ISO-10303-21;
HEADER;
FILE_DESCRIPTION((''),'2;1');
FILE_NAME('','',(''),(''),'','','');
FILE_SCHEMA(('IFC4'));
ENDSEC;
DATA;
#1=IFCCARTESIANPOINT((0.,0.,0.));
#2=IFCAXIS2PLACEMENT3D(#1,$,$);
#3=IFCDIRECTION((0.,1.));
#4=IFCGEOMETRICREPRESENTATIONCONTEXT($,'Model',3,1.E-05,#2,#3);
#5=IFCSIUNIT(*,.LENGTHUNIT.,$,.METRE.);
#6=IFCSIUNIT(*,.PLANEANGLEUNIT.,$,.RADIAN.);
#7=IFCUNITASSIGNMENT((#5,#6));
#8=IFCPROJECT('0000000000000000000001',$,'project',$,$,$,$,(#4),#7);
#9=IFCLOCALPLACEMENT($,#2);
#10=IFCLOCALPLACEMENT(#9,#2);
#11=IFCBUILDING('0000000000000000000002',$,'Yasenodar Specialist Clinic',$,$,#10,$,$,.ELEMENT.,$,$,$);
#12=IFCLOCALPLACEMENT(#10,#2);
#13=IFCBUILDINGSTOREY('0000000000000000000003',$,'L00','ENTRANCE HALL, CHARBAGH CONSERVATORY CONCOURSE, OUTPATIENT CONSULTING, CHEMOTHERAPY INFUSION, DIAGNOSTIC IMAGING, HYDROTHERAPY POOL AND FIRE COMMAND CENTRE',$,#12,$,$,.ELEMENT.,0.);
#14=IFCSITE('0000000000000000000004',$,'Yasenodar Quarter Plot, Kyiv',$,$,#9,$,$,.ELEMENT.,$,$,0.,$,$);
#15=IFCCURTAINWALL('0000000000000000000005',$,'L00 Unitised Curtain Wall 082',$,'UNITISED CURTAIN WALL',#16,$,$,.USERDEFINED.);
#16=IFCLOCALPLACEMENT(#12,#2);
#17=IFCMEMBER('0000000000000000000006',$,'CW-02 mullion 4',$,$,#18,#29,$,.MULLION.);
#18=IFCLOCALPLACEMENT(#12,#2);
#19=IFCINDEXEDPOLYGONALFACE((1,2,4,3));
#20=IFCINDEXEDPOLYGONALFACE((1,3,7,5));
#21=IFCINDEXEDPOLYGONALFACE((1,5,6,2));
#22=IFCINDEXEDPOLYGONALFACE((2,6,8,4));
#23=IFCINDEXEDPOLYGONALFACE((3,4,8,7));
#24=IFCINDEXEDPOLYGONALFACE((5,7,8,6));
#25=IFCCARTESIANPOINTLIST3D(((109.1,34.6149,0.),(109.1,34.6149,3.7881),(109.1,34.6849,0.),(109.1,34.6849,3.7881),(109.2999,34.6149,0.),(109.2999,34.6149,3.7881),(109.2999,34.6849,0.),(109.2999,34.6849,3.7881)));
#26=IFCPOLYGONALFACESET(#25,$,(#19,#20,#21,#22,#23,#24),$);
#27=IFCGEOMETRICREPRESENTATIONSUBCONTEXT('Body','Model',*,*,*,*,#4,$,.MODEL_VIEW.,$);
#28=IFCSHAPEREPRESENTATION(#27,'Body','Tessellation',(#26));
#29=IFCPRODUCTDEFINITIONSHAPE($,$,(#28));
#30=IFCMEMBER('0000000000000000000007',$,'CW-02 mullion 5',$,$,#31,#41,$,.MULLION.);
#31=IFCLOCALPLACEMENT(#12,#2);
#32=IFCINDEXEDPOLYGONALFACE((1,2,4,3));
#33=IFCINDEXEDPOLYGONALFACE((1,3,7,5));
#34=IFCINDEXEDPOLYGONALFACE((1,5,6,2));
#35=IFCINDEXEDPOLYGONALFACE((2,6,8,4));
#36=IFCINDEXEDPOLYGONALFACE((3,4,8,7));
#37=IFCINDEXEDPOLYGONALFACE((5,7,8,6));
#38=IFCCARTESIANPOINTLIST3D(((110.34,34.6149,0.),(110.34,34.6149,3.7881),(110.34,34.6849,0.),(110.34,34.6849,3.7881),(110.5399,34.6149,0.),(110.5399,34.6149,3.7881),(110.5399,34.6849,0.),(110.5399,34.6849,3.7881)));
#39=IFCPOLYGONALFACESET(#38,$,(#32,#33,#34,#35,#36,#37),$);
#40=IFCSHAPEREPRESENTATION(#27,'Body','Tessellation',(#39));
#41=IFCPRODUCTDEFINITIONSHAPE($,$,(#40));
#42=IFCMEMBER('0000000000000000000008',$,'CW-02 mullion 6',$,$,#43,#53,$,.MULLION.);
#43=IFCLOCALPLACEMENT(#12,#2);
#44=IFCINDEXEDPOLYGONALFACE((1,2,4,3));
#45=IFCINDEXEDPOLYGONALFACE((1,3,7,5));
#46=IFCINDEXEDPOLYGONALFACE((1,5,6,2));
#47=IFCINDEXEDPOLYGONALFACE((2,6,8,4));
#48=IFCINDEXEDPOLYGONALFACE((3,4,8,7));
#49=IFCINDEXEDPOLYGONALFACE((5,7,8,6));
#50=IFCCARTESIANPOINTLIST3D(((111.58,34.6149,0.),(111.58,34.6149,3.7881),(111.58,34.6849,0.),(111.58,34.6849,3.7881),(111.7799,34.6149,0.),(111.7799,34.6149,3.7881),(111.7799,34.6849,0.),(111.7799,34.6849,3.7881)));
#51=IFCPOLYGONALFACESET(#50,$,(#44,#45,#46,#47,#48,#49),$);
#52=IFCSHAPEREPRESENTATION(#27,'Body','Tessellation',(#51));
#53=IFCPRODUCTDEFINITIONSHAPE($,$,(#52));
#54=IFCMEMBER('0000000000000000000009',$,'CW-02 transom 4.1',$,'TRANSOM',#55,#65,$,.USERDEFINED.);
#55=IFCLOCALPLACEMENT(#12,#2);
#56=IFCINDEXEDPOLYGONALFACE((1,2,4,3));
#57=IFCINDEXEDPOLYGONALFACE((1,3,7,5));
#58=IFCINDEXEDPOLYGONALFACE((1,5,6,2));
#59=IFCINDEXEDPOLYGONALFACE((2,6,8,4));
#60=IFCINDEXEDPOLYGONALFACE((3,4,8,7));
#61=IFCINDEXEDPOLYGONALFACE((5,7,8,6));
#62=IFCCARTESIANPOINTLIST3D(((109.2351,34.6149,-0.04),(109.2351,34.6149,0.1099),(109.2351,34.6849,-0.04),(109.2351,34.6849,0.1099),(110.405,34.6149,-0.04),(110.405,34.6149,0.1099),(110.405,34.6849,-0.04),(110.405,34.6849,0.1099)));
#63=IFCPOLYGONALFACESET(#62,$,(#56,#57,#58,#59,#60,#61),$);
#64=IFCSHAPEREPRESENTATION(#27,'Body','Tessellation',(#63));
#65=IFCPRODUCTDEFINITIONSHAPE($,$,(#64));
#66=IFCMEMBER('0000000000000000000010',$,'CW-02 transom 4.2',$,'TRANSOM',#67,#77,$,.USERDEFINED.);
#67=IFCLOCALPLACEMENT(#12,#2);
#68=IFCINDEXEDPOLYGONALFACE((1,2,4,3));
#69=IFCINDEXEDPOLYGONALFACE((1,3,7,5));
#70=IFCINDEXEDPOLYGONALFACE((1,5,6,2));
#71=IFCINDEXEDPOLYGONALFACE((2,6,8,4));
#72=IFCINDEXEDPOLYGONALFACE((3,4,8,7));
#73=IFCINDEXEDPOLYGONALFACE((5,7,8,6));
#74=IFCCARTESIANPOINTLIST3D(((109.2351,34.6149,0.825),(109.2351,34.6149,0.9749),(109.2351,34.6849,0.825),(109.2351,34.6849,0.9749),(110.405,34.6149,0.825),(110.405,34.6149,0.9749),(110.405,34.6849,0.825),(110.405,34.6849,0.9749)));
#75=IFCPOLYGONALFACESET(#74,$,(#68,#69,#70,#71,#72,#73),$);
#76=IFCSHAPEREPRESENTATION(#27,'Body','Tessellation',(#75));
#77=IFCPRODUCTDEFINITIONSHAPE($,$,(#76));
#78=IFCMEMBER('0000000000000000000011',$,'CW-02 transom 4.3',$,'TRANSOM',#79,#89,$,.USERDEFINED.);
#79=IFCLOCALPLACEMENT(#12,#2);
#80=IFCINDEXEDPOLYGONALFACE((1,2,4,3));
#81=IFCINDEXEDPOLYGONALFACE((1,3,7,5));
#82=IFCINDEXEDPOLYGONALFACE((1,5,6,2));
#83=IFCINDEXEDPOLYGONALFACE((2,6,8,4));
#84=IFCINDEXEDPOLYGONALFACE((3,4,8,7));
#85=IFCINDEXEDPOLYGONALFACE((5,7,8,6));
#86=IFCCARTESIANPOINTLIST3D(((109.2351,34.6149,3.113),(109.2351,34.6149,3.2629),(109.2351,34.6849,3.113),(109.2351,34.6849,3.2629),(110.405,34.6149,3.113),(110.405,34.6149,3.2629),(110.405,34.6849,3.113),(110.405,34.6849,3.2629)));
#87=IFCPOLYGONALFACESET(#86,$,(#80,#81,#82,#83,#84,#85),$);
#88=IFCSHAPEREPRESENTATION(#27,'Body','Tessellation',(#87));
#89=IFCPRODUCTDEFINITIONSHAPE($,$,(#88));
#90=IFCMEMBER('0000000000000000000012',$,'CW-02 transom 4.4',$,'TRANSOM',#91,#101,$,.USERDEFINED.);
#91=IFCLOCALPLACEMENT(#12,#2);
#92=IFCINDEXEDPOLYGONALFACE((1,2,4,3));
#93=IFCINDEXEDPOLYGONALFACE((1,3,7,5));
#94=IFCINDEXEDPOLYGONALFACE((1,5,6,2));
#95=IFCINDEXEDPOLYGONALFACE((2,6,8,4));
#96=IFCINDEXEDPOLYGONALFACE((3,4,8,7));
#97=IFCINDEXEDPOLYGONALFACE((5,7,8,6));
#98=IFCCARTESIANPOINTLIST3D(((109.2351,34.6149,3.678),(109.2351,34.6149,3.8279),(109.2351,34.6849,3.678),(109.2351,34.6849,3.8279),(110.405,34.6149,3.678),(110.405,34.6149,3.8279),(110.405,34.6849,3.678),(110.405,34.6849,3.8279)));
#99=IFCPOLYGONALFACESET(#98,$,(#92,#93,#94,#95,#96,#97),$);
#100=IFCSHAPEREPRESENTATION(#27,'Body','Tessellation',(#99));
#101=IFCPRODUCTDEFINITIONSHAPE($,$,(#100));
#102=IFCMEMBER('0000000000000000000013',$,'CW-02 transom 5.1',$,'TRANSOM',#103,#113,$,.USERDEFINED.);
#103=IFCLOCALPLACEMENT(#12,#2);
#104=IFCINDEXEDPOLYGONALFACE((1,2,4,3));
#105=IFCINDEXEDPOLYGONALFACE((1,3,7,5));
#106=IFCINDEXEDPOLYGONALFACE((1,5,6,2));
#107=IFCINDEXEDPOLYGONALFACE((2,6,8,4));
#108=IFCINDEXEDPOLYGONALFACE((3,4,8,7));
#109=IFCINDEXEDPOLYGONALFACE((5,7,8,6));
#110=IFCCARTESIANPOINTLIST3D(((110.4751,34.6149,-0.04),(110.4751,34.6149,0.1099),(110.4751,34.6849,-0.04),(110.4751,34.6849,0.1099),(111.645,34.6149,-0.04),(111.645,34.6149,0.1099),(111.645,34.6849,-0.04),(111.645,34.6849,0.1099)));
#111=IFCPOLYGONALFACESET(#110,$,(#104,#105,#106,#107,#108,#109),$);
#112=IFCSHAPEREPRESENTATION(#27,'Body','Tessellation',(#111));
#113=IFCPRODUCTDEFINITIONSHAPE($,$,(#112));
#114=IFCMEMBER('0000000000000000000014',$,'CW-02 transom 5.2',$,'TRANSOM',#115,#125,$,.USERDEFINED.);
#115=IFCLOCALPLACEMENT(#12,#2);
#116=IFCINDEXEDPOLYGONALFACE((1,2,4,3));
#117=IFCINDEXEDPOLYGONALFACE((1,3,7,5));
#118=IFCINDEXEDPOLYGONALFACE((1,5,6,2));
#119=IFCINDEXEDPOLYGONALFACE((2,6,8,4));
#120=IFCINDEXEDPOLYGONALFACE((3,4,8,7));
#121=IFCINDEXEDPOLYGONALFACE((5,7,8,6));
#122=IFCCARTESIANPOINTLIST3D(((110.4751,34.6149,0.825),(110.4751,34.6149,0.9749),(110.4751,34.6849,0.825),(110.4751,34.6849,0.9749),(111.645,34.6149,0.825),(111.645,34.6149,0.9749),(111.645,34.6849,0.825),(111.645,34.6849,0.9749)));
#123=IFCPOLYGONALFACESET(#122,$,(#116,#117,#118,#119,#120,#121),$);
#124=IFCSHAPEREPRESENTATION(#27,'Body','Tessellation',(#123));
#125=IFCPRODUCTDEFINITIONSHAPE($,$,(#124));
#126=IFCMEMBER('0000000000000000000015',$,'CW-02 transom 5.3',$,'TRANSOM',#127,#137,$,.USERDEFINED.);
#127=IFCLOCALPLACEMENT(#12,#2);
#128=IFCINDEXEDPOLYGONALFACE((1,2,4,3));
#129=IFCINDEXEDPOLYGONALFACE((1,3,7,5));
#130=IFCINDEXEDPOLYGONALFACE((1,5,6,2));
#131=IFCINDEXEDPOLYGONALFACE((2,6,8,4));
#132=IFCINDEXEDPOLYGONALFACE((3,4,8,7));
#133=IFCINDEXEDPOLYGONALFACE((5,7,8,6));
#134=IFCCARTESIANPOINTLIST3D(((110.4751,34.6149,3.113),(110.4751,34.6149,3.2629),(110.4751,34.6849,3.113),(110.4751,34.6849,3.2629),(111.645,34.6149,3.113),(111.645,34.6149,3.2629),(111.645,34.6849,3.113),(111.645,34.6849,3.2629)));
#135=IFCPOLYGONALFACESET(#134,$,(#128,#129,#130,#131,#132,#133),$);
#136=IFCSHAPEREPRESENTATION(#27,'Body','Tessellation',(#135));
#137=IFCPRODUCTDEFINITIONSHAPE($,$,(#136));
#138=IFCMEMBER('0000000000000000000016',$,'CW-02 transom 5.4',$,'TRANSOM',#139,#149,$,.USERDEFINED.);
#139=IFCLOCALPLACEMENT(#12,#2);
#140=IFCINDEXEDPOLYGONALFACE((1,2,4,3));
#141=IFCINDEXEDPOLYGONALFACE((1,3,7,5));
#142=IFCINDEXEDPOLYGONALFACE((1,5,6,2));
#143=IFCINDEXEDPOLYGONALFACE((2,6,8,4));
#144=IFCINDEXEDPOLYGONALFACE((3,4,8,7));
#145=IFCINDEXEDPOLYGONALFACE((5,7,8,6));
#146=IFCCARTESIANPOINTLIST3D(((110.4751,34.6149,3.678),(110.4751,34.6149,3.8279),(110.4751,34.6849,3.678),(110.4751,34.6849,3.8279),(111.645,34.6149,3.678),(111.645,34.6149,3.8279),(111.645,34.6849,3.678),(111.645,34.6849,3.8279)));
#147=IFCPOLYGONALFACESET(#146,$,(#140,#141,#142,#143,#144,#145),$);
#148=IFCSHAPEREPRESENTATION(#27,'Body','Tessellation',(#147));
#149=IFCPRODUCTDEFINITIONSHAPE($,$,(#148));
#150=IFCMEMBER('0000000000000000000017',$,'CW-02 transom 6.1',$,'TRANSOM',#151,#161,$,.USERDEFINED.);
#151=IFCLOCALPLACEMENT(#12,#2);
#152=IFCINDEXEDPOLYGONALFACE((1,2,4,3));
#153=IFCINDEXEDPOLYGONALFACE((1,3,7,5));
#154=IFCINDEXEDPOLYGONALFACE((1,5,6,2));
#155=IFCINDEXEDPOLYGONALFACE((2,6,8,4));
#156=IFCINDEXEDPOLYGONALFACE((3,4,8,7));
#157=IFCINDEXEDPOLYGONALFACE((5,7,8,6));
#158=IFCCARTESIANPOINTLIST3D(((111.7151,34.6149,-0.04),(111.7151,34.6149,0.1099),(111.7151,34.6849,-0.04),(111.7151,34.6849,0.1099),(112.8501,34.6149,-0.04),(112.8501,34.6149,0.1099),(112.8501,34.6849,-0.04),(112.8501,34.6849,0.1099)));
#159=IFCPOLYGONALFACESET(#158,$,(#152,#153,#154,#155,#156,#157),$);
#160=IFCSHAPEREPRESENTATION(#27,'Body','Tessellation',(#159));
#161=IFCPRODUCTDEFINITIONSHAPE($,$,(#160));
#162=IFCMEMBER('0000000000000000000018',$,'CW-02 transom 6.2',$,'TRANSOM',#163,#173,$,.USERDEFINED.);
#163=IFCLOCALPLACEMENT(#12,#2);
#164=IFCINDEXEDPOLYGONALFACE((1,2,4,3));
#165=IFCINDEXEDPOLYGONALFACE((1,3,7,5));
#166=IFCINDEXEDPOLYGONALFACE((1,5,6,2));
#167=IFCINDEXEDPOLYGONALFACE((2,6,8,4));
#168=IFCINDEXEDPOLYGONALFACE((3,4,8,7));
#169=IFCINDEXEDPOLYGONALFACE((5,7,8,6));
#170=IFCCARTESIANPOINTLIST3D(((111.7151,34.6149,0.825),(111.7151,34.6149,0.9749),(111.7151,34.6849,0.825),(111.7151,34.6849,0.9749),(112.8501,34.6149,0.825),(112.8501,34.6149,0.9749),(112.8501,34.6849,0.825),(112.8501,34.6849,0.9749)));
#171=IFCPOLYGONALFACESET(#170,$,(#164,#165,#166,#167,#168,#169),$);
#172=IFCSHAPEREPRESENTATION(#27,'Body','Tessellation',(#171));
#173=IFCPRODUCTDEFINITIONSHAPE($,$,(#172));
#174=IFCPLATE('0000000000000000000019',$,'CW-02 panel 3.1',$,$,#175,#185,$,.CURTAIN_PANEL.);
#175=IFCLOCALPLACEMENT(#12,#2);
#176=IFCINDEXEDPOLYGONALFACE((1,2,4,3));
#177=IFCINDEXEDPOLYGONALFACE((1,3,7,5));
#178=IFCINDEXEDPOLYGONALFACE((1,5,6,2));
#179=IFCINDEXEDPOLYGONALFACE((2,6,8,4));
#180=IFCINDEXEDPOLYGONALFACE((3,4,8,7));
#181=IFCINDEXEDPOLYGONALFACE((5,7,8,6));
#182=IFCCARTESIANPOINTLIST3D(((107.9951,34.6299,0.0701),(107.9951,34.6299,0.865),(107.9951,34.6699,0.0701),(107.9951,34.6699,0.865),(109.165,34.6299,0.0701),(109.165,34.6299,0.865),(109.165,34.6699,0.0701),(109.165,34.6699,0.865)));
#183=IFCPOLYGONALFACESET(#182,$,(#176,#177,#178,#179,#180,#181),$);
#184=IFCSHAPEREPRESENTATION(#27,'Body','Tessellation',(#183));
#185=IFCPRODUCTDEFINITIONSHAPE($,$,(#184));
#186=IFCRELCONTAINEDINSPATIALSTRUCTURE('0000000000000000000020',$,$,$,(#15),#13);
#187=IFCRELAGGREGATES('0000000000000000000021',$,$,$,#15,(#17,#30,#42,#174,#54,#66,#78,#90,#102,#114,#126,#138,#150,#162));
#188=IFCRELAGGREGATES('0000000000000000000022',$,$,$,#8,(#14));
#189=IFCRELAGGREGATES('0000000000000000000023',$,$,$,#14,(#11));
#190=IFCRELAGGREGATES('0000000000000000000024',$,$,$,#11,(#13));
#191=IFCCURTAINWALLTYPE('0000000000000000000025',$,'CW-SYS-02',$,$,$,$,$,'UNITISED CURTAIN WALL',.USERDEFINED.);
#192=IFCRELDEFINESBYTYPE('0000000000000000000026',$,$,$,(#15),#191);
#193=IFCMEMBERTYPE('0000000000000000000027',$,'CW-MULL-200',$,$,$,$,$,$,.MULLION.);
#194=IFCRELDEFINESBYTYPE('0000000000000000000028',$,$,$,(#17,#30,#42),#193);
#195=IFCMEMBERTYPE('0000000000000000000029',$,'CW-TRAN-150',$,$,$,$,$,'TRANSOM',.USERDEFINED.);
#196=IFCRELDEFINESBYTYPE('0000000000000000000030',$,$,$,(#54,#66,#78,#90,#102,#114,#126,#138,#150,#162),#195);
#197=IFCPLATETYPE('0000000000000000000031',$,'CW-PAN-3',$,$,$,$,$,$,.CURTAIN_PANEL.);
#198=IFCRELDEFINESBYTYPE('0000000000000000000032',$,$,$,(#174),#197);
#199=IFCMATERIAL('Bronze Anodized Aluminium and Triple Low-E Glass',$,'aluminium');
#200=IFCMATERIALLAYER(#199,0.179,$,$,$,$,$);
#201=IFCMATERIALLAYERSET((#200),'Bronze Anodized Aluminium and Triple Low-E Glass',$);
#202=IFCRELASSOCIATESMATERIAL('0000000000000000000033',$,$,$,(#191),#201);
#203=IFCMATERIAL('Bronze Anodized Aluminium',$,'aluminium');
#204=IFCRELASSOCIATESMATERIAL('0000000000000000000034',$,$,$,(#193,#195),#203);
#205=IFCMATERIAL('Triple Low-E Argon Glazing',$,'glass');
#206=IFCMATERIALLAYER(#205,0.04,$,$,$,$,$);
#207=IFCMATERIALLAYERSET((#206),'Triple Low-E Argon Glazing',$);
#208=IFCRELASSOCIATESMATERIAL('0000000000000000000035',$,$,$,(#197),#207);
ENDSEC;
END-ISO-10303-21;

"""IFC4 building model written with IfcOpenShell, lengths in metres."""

from ifc_helpers import new_model, si_unit, direction, frame, origin, origin_2d, place, context, subcontext, project, spatial, rectangle, extrude, material, layer, layer_set, material_profile, profile_set, type_object, element, aggregate, save


model = new_model("IFC4")

# Units and contexts
model_context = context("Model", 3, precision=1e-05, world=origin(), true_north=direction((0.0, 1.0)))
body_context = subcontext(model_context, "Body", "Model", "MODEL_VIEW")
ifc_project = project(units=[si_unit("LENGTHUNIT", "METRE"), si_unit("PLANEANGLEUNIT", "RADIAN")], contexts=[model_context])

# Site, building, storey
site_placement = place(None, origin())
site = spatial("IfcSite", under=ifc_project, at=site_placement, Name="Yasenodar Quarter Plot, Kyiv", CompositionType="ELEMENT", RefElevation=0.0)
building_placement = place(site_placement, origin())
building = spatial("IfcBuilding", under=site, at=building_placement, Name="Yasenodar Specialist Clinic", CompositionType="ELEMENT")
storey_placement = place(building_placement, origin())
storey = spatial("IfcBuildingStorey", under=building, at=storey_placement, Name="L00", Description="ENTRANCE HALL, CHARBAGH CONSERVATORY CONCOURSE, OUTPATIENT CONSULTING, CHEMOTHERAPY INFUSION, DIAGNOSTIC IMAGING, HYDROTHERAPY POOL AND FIRE COMMAND CENTRE", CompositionType="ELEMENT", Elevation=0.0)

# Curtain wall, members, plate
ifc_material_1 = material(Name="Bronze Anodized Aluminium and Triple Low-E Glass", Category="aluminium")
ifc_layer_1 = layer(ifc_material_1, 0.179)
ifc_layer_set_1 = layer_set([ifc_layer_1], Name="Bronze Anodized Aluminium and Triple Low-E Glass")
curtain_wall_type = type_object("IfcCurtainWallType", Name="CW-SYS-02", ElementType="UNITISED CURTAIN WALL", PredefinedType="USERDEFINED", material=ifc_layer_set_1)
curtain_wall_placement = place(storey_placement, origin())
curtain_wall = element("IfcCurtainWall", 1, at=curtain_wall_placement, inside=storey, type_object=curtain_wall_type, Name="L00 Unitised Curtain Wall 082", ObjectType="UNITISED CURTAIN WALL", PredefinedType="USERDEFINED")
ifc_material_2 = material(Name="Bronze Anodized Aluminium", Category="aluminium")
ifc_material_profile_1 = material_profile(ifc_material_2, rectangle(XDim=0.0701, YDim=0.2, at=origin_2d()), Name="CW-MULL 70x200")
ifc_profile_set_1 = profile_set([ifc_material_profile_1], Name="Bronze Anodized Aluminium")
member_type_1 = type_object("IfcMemberType", Name="CW-MULL-200", PredefinedType="MULLION", material=ifc_profile_set_1)
member_1_placement = place(storey_placement, frame((109.2, 34.6499, 0.0), z_axis=(0.0, 0.0, 1.0), x_axis=(0.0, 1.0, 0.0)))
member_1 = element("IfcMember", 2, at=member_1_placement, type_object=member_type_1, Name="CW-02 mullion 4", PredefinedType="MULLION", context=body_context, shape_type="SweptSolid", body=[
    extrude(rectangle(XDim=0.0701, YDim=0.2, at=origin_2d()), origin(), (0.0, 0.0, 1.0), 3.7881),
])
member_2_placement = place(storey_placement, frame((110.4399, 34.6499, 0.0), z_axis=(0.0, 0.0, 1.0), x_axis=(0.0, 1.0, 0.0)))
member_2 = element("IfcMember", 3, at=member_2_placement, type_object=member_type_1, Name="CW-02 mullion 5", PredefinedType="MULLION", context=body_context, shape_type="SweptSolid", body=[
    extrude(rectangle(XDim=0.0701, YDim=0.2, at=origin_2d()), origin(), (0.0, 0.0, 1.0), 3.7881),
])
member_3_placement = place(storey_placement, frame((111.6799, 34.6499, 0.0), z_axis=(0.0, 0.0, 1.0), x_axis=(0.0, 1.0, 0.0)))
member_3 = element("IfcMember", 4, at=member_3_placement, type_object=member_type_1, Name="CW-02 mullion 6", PredefinedType="MULLION", context=body_context, shape_type="SweptSolid", body=[
    extrude(rectangle(XDim=0.0701, YDim=0.2, at=origin_2d()), origin(), (0.0, 0.0, 1.0), 3.7881),
])
ifc_material_profile_2 = material_profile(ifc_material_2, rectangle(XDim=0.0701, YDim=0.1499, at=origin_2d()), Name="CW-TRAN 70x150")
ifc_profile_set_2 = profile_set([ifc_material_profile_2], Name="Bronze Anodized Aluminium")
member_type_2 = type_object("IfcMemberType", Name="CW-TRAN-150", ElementType="TRANSOM", PredefinedType="USERDEFINED", material=ifc_profile_set_2)
member_4_placement = place(storey_placement, frame((109.2351, 34.6499, 0.0349), z_axis=(1.0, 0.0, 0.0), x_axis=(0.0, 1.0, 0.0)))
member_4 = element("IfcMember", 5, at=member_4_placement, type_object=member_type_2, Name="CW-02 transom 4.1", ObjectType="TRANSOM", PredefinedType="USERDEFINED", context=body_context, shape_type="SweptSolid", body=[
    extrude(rectangle(XDim=0.0701, YDim=0.1499, at=origin_2d()), origin(), (0.0, 0.0, 1.0), 1.1699),
])
member_5_placement = place(storey_placement, frame((109.2351, 34.6499, 0.8999), z_axis=(1.0, 0.0, 0.0), x_axis=(0.0, 1.0, 0.0)))
member_5 = element("IfcMember", 6, at=member_5_placement, type_object=member_type_2, Name="CW-02 transom 4.2", ObjectType="TRANSOM", PredefinedType="USERDEFINED", context=body_context, shape_type="SweptSolid", body=[
    extrude(rectangle(XDim=0.0701, YDim=0.1499, at=origin_2d()), origin(), (0.0, 0.0, 1.0), 1.1699),
])
member_6_placement = place(storey_placement, frame((109.2351, 34.6499, 3.188), z_axis=(1.0, 0.0, 0.0), x_axis=(0.0, 1.0, 0.0)))
member_6 = element("IfcMember", 7, at=member_6_placement, type_object=member_type_2, Name="CW-02 transom 4.3", ObjectType="TRANSOM", PredefinedType="USERDEFINED", context=body_context, shape_type="SweptSolid", body=[
    extrude(rectangle(XDim=0.0701, YDim=0.1499, at=origin_2d()), origin(), (0.0, 0.0, 1.0), 1.1699),
])
member_7_placement = place(storey_placement, frame((109.2351, 34.6499, 3.7529), z_axis=(1.0, 0.0, 0.0), x_axis=(0.0, 1.0, 0.0)))
member_7 = element("IfcMember", 8, at=member_7_placement, type_object=member_type_2, Name="CW-02 transom 4.4", ObjectType="TRANSOM", PredefinedType="USERDEFINED", context=body_context, shape_type="SweptSolid", body=[
    extrude(rectangle(XDim=0.0701, YDim=0.1499, at=origin_2d()), origin(), (0.0, 0.0, 1.0), 1.1699),
])
member_8_placement = place(storey_placement, frame((110.4751, 34.6499, 0.0349), z_axis=(1.0, 0.0, 0.0), x_axis=(0.0, 1.0, 0.0)))
member_8 = element("IfcMember", 9, at=member_8_placement, type_object=member_type_2, Name="CW-02 transom 5.1", ObjectType="TRANSOM", PredefinedType="USERDEFINED", context=body_context, shape_type="SweptSolid", body=[
    extrude(rectangle(XDim=0.0701, YDim=0.1499, at=origin_2d()), origin(), (0.0, 0.0, 1.0), 1.1699),
])
member_9_placement = place(storey_placement, frame((110.4751, 34.6499, 0.8999), z_axis=(1.0, 0.0, 0.0), x_axis=(0.0, 1.0, 0.0)))
member_9 = element("IfcMember", 10, at=member_9_placement, type_object=member_type_2, Name="CW-02 transom 5.2", ObjectType="TRANSOM", PredefinedType="USERDEFINED", context=body_context, shape_type="SweptSolid", body=[
    extrude(rectangle(XDim=0.0701, YDim=0.1499, at=origin_2d()), origin(), (0.0, 0.0, 1.0), 1.1699),
])
member_10_placement = place(storey_placement, frame((110.4751, 34.6499, 3.188), z_axis=(1.0, 0.0, 0.0), x_axis=(0.0, 1.0, 0.0)))
member_10 = element("IfcMember", 11, at=member_10_placement, type_object=member_type_2, Name="CW-02 transom 5.3", ObjectType="TRANSOM", PredefinedType="USERDEFINED", context=body_context, shape_type="SweptSolid", body=[
    extrude(rectangle(XDim=0.0701, YDim=0.1499, at=origin_2d()), origin(), (0.0, 0.0, 1.0), 1.1699),
])
member_11_placement = place(storey_placement, frame((110.4751, 34.6499, 3.7529), z_axis=(1.0, 0.0, 0.0), x_axis=(0.0, 1.0, 0.0)))
member_11 = element("IfcMember", 12, at=member_11_placement, type_object=member_type_2, Name="CW-02 transom 5.4", ObjectType="TRANSOM", PredefinedType="USERDEFINED", context=body_context, shape_type="SweptSolid", body=[
    extrude(rectangle(XDim=0.0701, YDim=0.1499, at=origin_2d()), origin(), (0.0, 0.0, 1.0), 1.1699),
])
member_12_placement = place(storey_placement, frame((111.7151, 34.6499, 0.0349), z_axis=(1.0, 0.0, 0.0), x_axis=(0.0, 1.0, 0.0)))
member_12 = element("IfcMember", 13, at=member_12_placement, type_object=member_type_2, Name="CW-02 transom 6.1", ObjectType="TRANSOM", PredefinedType="USERDEFINED", context=body_context, shape_type="SweptSolid", body=[
    extrude(rectangle(XDim=0.0701, YDim=0.1499, at=origin_2d()), origin(), (0.0, 0.0, 1.0), 1.135),
])
member_13_placement = place(storey_placement, frame((111.7151, 34.6499, 0.8999), z_axis=(1.0, 0.0, 0.0), x_axis=(0.0, 1.0, 0.0)))
member_13 = element("IfcMember", 14, at=member_13_placement, type_object=member_type_2, Name="CW-02 transom 6.2", ObjectType="TRANSOM", PredefinedType="USERDEFINED", context=body_context, shape_type="SweptSolid", body=[
    extrude(rectangle(XDim=0.0701, YDim=0.1499, at=origin_2d()), origin(), (0.0, 0.0, 1.0), 1.135),
])
ifc_material_3 = material(Name="Triple Low-E Argon Glazing", Category="glass")
ifc_layer_2 = layer(ifc_material_3, 0.04)
ifc_layer_set_2 = layer_set([ifc_layer_2], Name="Triple Low-E Argon Glazing")
plate_type = type_object("IfcPlateType", Name="CW-PAN-3", PredefinedType="CURTAIN_PANEL", material=ifc_layer_set_2)
plate_1_placement = place(storey_placement, frame((108.5801, 34.6499, 0.0701), z_axis=(0.0, 0.0, 1.0), x_axis=(1.0, 0.0, 0.0)))
plate_1 = element("IfcPlate", 15, at=plate_1_placement, type_object=plate_type, Name="CW-02 panel 3.1", PredefinedType="CURTAIN_PANEL", context=body_context, shape_type="SweptSolid", body=[
    extrude(rectangle(XDim=1.1699, YDim=0.04, at=origin_2d()), origin(), (0.0, 0.0, 1.0), 0.7949),
])
aggregate(curtain_wall, [member_1, member_2, member_3, plate_1, member_4, member_5, member_6, member_7, member_8, member_9, member_10, member_11, member_12, member_13])

save(model, "model.ifc")
